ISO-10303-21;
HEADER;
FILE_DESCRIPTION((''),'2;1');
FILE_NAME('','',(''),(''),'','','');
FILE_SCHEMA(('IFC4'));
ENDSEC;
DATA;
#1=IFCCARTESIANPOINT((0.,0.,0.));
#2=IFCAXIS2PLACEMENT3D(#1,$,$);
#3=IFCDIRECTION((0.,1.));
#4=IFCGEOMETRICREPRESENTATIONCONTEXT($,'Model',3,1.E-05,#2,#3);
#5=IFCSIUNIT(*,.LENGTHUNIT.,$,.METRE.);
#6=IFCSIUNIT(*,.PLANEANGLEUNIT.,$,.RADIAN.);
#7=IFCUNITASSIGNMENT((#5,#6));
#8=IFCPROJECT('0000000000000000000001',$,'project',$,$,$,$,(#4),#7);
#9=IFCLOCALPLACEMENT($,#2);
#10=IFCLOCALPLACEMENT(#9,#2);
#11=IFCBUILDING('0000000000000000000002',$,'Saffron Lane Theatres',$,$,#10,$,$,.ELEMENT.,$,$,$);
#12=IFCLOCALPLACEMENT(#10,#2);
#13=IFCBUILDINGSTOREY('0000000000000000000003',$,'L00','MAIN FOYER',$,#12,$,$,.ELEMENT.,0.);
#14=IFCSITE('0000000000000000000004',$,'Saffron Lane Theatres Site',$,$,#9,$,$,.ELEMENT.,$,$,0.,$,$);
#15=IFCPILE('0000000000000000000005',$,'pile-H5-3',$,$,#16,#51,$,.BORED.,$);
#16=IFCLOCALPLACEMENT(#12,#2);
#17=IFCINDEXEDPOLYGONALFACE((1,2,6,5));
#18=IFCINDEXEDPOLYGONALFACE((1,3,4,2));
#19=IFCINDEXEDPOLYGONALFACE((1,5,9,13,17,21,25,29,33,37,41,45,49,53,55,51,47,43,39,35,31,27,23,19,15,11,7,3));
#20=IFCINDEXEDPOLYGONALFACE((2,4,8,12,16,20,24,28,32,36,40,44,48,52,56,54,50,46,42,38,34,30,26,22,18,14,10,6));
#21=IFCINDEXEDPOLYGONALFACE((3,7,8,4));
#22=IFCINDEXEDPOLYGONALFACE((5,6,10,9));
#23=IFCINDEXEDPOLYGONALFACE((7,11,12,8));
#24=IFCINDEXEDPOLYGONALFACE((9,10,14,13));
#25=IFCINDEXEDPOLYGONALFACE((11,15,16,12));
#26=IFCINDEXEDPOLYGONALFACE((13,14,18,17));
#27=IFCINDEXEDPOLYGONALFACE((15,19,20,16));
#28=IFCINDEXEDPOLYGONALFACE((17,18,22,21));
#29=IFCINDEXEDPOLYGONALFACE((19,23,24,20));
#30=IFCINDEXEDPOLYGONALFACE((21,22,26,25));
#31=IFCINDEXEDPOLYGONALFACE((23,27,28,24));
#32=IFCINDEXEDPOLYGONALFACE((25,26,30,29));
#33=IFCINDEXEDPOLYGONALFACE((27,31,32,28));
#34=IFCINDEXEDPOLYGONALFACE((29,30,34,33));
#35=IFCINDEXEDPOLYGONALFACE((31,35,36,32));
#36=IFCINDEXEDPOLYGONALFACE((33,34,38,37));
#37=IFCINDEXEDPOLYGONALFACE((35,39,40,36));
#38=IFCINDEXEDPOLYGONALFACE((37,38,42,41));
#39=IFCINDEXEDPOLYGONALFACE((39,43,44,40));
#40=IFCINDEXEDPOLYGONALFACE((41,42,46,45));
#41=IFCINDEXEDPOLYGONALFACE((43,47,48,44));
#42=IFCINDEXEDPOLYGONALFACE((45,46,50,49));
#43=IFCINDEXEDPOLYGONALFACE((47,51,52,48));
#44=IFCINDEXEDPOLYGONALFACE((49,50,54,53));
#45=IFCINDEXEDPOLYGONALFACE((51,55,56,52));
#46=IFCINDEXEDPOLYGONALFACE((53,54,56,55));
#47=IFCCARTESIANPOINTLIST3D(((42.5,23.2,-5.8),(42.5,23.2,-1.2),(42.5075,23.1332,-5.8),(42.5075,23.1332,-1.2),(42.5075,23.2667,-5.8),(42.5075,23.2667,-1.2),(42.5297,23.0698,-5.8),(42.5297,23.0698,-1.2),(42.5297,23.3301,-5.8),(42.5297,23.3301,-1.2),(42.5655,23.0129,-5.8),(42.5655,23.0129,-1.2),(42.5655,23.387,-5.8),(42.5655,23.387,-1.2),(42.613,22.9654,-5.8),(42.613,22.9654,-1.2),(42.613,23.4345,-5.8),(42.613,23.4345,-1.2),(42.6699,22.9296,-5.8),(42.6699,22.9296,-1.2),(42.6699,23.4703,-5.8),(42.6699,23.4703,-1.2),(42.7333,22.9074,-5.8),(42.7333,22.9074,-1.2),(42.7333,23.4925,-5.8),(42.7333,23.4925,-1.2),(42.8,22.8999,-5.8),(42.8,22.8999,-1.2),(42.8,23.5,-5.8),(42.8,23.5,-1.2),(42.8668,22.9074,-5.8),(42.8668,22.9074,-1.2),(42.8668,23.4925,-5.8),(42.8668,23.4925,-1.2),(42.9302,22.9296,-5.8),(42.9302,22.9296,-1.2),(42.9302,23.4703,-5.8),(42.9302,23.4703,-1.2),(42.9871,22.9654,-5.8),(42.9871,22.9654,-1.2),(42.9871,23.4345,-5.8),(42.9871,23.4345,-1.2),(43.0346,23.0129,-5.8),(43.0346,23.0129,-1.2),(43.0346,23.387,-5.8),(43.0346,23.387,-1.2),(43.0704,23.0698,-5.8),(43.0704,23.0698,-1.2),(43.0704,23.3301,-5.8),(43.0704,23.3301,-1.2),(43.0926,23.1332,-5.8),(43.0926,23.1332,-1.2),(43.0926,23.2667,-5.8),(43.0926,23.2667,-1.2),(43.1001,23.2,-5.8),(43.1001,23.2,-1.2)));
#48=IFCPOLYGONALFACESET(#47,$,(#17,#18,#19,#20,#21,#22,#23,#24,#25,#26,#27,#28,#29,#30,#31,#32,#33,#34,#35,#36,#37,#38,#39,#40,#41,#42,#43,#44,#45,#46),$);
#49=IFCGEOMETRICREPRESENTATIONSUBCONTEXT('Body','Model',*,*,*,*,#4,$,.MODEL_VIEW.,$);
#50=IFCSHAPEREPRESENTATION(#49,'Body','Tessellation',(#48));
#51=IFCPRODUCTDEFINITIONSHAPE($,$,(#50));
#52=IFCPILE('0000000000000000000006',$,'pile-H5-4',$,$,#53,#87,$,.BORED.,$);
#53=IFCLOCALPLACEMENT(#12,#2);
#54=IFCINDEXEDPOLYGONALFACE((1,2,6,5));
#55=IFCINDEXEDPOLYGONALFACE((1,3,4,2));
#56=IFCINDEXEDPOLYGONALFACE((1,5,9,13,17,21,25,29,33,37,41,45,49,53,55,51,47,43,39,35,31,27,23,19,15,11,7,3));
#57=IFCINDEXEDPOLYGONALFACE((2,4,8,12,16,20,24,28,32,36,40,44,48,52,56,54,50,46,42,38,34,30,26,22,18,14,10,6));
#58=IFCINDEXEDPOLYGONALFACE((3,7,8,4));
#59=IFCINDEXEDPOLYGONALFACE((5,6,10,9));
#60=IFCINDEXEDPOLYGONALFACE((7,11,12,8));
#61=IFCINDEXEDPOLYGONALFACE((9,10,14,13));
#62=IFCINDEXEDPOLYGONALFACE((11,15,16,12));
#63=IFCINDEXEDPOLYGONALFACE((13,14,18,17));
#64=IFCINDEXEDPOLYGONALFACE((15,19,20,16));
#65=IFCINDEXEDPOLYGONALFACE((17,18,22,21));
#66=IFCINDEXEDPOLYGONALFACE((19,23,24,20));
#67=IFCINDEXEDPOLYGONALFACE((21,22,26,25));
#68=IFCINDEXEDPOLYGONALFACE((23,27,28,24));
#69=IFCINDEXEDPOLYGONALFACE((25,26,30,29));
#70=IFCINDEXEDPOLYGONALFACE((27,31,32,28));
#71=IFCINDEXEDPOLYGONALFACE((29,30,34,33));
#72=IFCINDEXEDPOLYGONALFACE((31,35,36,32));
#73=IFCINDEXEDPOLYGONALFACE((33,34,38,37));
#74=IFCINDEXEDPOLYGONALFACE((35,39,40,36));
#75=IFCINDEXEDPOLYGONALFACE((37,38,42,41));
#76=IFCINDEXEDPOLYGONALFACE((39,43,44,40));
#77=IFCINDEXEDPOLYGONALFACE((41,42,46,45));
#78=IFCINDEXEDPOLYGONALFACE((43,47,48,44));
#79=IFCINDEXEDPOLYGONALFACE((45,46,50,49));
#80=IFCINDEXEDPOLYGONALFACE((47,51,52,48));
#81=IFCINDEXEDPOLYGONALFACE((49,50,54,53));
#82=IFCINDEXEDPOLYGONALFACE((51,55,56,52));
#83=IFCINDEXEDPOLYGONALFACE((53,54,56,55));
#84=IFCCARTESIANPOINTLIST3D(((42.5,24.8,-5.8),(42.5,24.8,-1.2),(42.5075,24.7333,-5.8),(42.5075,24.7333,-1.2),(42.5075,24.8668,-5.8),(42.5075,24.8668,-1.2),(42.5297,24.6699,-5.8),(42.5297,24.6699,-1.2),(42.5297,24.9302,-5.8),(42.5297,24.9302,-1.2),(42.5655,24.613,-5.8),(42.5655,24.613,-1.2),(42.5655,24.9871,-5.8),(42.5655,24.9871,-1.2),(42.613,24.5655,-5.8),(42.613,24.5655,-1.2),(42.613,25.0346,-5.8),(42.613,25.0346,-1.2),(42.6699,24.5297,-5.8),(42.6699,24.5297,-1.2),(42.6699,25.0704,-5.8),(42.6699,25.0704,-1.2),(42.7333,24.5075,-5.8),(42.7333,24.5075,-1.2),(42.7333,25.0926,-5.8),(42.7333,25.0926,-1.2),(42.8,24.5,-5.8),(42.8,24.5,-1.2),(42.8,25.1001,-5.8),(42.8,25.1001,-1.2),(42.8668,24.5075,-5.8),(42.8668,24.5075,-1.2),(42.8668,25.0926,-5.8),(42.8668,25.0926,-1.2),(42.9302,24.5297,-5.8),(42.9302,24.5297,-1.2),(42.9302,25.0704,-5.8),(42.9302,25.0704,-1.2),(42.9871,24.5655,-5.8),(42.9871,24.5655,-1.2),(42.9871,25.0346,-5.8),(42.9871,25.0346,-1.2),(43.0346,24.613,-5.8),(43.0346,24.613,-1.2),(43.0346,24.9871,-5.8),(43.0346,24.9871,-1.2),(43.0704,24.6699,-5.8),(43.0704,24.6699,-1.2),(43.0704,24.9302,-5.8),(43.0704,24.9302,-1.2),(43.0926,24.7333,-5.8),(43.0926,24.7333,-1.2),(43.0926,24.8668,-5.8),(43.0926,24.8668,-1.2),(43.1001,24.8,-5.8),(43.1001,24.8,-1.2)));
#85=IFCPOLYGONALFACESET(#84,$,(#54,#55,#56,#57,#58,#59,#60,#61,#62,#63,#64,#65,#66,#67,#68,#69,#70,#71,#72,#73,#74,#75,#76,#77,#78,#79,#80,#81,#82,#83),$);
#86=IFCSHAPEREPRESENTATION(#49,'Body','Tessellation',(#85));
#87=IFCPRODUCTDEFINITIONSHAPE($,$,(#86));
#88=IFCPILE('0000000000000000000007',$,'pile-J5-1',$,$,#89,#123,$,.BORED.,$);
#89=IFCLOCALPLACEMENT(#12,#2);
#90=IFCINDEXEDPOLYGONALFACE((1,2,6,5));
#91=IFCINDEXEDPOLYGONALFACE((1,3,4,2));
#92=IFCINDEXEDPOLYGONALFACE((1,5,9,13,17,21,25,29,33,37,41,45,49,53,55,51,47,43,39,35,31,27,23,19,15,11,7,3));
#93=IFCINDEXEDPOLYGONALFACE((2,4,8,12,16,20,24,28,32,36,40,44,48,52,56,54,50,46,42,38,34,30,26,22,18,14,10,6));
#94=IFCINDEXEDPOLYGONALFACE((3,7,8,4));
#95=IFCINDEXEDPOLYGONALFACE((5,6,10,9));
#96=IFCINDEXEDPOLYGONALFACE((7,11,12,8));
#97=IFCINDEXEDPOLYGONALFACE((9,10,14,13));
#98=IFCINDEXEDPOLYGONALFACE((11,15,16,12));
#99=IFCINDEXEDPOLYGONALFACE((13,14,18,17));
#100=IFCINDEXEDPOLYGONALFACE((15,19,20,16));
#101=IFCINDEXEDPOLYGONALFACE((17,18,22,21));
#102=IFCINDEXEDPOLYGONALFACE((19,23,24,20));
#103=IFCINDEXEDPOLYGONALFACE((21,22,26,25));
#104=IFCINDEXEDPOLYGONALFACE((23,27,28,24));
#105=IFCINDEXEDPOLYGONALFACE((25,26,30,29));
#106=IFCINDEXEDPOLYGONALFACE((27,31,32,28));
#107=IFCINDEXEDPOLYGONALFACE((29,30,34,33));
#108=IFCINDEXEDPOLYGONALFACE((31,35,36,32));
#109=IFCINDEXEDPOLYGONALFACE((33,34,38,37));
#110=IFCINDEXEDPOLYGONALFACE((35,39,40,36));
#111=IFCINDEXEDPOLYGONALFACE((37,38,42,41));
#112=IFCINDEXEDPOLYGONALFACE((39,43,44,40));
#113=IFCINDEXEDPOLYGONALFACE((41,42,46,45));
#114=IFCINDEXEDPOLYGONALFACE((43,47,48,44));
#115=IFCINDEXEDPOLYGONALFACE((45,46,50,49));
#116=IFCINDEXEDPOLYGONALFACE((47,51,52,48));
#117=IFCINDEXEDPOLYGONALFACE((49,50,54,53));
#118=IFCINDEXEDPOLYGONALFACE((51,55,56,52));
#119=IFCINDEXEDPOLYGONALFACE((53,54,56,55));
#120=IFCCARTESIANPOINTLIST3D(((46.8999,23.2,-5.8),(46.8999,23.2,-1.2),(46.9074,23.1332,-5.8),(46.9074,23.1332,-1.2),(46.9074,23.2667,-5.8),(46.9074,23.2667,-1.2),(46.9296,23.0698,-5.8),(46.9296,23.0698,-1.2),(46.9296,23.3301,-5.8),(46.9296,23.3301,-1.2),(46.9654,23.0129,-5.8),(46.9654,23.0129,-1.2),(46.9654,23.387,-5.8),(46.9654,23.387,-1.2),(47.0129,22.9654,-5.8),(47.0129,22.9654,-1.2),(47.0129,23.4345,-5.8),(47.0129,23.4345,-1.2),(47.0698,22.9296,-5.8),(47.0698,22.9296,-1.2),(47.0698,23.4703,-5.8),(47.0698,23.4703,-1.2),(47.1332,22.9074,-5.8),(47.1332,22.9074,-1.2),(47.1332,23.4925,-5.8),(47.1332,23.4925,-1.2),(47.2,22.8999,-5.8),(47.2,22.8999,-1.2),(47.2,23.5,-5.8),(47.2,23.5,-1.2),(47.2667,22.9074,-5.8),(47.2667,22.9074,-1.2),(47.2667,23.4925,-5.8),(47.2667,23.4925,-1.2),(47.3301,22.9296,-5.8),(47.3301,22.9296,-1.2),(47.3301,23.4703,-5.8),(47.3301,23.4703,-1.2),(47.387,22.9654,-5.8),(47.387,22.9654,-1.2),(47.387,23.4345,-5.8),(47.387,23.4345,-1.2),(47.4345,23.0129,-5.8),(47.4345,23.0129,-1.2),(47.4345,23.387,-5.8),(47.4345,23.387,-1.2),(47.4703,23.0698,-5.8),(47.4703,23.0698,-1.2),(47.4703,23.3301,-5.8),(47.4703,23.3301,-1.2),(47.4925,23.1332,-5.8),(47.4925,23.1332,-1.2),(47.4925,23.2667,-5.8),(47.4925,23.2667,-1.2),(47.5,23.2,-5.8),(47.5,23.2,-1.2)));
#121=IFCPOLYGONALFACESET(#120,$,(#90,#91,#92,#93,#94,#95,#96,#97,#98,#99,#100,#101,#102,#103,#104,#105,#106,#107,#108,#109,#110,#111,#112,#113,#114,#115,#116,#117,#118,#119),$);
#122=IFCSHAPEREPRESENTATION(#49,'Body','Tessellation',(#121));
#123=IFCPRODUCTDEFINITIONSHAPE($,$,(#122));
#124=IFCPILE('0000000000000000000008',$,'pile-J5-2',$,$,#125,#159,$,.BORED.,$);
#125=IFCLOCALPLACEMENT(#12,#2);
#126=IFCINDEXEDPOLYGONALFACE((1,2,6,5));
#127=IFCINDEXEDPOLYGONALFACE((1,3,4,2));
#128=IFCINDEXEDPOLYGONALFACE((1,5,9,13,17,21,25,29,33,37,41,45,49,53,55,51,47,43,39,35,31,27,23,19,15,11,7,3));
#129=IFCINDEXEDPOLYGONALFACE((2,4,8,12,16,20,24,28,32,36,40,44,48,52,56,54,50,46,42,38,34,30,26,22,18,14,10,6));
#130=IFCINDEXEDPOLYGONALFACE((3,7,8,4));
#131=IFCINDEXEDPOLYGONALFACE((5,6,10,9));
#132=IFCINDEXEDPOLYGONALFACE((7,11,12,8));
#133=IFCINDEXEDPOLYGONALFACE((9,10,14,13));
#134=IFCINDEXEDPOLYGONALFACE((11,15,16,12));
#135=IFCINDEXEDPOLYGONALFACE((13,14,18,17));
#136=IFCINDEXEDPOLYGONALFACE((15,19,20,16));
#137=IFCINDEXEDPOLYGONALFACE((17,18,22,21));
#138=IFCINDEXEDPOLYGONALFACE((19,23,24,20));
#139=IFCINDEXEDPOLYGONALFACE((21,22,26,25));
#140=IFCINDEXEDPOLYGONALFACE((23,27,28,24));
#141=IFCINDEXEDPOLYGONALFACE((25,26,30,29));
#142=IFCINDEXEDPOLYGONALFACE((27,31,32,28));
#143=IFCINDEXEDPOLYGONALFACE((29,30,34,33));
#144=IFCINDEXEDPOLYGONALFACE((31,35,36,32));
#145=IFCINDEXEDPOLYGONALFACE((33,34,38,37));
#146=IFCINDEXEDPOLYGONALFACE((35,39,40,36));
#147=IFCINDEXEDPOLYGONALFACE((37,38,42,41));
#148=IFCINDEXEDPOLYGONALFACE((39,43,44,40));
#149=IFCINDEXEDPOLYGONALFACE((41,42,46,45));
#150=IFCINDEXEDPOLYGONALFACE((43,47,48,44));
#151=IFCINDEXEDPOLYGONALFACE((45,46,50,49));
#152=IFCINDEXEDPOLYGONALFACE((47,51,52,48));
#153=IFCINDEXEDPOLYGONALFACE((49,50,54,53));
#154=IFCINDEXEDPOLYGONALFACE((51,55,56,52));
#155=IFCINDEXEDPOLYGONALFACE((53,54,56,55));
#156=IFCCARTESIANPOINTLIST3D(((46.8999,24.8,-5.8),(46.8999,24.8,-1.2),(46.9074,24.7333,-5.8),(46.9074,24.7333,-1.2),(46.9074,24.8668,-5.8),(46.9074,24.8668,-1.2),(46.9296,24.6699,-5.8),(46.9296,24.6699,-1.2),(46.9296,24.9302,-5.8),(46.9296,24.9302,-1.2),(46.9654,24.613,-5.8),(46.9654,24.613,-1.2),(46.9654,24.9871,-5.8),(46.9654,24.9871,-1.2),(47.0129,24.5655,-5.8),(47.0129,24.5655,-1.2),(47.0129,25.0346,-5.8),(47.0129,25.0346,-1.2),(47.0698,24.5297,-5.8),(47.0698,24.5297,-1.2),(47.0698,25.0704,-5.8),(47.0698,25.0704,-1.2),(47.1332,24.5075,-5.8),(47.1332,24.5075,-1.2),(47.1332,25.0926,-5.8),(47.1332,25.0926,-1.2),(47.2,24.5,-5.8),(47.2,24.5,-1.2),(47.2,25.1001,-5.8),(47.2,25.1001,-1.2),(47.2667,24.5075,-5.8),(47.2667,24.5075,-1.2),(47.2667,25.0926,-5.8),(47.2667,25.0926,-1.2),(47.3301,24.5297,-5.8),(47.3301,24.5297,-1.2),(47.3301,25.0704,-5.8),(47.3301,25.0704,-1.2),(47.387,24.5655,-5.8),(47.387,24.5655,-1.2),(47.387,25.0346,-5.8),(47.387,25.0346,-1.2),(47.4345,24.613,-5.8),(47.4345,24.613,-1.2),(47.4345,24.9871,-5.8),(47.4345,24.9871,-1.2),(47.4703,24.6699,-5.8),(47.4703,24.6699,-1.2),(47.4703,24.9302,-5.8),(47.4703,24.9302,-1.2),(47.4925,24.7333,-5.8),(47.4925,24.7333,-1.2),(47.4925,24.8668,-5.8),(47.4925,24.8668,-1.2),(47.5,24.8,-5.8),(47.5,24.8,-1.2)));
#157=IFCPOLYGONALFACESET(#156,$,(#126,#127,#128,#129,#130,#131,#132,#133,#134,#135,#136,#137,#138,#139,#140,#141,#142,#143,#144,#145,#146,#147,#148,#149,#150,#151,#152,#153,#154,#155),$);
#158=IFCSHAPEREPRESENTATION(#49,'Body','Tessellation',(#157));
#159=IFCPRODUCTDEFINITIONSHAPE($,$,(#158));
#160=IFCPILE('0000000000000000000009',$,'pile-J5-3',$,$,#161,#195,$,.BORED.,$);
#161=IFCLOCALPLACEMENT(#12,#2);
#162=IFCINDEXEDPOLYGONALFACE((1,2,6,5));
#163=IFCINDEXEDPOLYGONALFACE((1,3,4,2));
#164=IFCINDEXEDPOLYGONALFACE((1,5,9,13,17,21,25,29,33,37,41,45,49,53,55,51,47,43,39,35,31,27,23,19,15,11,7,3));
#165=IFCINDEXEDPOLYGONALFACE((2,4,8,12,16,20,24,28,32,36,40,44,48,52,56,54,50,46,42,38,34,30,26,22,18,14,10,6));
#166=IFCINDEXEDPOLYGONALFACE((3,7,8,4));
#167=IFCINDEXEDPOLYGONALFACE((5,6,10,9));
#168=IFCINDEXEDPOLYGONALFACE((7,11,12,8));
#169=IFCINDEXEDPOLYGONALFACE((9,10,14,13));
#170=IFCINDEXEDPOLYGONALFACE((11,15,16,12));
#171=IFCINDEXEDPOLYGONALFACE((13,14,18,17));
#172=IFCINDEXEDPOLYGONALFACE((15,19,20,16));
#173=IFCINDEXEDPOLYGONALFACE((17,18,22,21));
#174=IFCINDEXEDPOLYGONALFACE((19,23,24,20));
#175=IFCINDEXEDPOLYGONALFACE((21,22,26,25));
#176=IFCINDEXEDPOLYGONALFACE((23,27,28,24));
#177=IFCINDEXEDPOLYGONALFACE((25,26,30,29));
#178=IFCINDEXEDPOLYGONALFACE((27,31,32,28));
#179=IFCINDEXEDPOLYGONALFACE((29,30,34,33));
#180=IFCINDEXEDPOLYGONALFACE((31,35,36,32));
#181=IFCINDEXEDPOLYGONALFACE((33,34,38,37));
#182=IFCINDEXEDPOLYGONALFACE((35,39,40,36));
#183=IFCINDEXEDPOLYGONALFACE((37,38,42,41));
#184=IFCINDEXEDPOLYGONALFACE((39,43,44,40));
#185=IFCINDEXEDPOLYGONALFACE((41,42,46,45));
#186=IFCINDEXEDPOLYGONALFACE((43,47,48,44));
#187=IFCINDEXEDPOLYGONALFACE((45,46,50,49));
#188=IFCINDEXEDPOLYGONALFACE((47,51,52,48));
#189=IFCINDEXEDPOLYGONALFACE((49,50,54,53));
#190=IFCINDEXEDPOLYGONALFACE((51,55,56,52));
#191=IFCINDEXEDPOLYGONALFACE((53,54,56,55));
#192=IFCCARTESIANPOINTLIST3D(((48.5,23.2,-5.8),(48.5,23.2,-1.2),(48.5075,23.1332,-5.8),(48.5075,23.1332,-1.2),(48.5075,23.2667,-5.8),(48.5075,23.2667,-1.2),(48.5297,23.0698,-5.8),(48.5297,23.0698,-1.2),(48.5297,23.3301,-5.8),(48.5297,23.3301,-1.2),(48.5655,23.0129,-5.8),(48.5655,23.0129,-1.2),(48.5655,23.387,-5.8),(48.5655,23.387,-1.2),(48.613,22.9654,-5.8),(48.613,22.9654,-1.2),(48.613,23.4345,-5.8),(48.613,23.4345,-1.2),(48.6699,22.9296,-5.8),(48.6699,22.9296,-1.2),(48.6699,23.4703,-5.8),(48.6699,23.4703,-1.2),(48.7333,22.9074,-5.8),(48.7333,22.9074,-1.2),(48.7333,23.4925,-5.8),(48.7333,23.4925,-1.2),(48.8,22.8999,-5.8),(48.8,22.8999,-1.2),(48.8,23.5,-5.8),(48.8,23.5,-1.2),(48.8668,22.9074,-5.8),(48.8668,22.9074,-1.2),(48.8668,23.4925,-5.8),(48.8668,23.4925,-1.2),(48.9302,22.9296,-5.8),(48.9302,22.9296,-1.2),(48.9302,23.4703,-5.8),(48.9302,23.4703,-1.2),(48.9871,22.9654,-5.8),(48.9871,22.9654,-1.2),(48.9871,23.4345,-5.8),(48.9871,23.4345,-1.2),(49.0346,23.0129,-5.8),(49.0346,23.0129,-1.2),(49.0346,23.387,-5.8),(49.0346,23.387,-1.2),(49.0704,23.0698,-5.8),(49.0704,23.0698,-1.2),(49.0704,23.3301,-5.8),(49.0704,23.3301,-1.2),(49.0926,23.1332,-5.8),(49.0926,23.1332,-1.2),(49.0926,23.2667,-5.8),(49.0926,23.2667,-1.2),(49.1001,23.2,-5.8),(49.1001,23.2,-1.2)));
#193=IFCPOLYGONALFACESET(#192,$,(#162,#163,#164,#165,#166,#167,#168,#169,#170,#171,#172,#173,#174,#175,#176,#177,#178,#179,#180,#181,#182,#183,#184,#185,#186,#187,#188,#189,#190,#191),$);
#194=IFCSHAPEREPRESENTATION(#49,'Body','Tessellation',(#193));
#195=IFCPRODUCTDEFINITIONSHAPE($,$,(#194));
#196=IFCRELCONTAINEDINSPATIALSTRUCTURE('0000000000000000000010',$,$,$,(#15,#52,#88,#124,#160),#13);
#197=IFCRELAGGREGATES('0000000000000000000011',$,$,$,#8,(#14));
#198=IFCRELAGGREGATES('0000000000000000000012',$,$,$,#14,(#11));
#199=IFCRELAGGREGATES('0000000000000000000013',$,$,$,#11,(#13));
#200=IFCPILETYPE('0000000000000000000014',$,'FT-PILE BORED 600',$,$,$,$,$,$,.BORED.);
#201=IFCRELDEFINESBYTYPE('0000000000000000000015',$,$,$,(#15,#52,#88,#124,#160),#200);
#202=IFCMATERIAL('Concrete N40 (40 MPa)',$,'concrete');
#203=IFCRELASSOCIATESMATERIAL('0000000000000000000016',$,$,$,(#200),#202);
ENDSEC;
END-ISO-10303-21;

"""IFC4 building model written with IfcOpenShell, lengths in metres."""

from ifc_helpers import new_model, si_unit, direction, frame, origin, origin_2d, place, context, subcontext, project, spatial, circle, extrude, material, material_profile, profile_set, type_object, element, save


model = new_model("IFC4")

# Units and contexts
model_context = context("Model", 3, precision=1e-05, world=origin(), true_north=direction((0.0, 1.0)))
body_context = subcontext(model_context, "Body", "Model", "MODEL_VIEW")
ifc_project = project(units=[si_unit("LENGTHUNIT", "METRE"), si_unit("PLANEANGLEUNIT", "RADIAN")], contexts=[model_context])

# Site, building, storey
site_placement = place(None, origin())
site = spatial("IfcSite", under=ifc_project, at=site_placement, Name="Saffron Lane Theatres Site", CompositionType="ELEMENT", RefElevation=0.0)
building_placement = place(site_placement, origin())
building = spatial("IfcBuilding", under=site, at=building_placement, Name="Saffron Lane Theatres", CompositionType="ELEMENT")
storey_placement = place(building_placement, origin())
storey = spatial("IfcBuildingStorey", under=building, at=storey_placement, Name="L00", Description="MAIN FOYER", CompositionType="ELEMENT", Elevation=0.0)

# Piles
ifc_material_1 = material(Name="Concrete N40 (40 MPa)", Category="concrete")
ifc_material_profile_1 = material_profile(ifc_material_1, circle(Radius=0.3, at=origin_2d()))
ifc_profile_set_1 = profile_set([ifc_material_profile_1], Name="Concrete N40 (40 MPa)")
pile_type_1 = type_object("IfcPileType", Name="FT-PILE BORED 600", PredefinedType="BORED", material=ifc_profile_set_1)
for number, where, z_axis, x_axis, name in (
    (1, (42.8, 23.2, -1.2), (0.0, 0.0, -1.0), (1.0, 0.0, 0.0), "pile-H5-3"),
    (2, (42.8, 24.8, -1.2), (0.0, 0.0, -1.0), (1.0, 0.0, 0.0), "pile-H5-4"),
    (3, (47.2, 23.2, -1.2), (0.0, 0.0, -1.0), (1.0, 0.0, 0.0), "pile-J5-1"),
    (4, (47.2, 24.8, -1.2), (0.0, 0.0, -1.0), (1.0, 0.0, 0.0), "pile-J5-2"),
    (5, (48.8, 23.2, -1.2), (0.0, 0.0, -1.0), (1.0, 0.0, 0.0), "pile-J5-3"),
):
    element("IfcPile", number, at=place(storey_placement, frame(where, z_axis=z_axis, x_axis=x_axis)), inside=storey, type_object=pile_type_1, Name=name, PredefinedType="BORED", context=body_context, shape_type="SweptSolid", body=[
        extrude(circle(Radius=0.3, at=origin_2d()), origin(), (0.0, 0.0, 1.0), 4.6001),
    ])

save(model, "model.ifc")
